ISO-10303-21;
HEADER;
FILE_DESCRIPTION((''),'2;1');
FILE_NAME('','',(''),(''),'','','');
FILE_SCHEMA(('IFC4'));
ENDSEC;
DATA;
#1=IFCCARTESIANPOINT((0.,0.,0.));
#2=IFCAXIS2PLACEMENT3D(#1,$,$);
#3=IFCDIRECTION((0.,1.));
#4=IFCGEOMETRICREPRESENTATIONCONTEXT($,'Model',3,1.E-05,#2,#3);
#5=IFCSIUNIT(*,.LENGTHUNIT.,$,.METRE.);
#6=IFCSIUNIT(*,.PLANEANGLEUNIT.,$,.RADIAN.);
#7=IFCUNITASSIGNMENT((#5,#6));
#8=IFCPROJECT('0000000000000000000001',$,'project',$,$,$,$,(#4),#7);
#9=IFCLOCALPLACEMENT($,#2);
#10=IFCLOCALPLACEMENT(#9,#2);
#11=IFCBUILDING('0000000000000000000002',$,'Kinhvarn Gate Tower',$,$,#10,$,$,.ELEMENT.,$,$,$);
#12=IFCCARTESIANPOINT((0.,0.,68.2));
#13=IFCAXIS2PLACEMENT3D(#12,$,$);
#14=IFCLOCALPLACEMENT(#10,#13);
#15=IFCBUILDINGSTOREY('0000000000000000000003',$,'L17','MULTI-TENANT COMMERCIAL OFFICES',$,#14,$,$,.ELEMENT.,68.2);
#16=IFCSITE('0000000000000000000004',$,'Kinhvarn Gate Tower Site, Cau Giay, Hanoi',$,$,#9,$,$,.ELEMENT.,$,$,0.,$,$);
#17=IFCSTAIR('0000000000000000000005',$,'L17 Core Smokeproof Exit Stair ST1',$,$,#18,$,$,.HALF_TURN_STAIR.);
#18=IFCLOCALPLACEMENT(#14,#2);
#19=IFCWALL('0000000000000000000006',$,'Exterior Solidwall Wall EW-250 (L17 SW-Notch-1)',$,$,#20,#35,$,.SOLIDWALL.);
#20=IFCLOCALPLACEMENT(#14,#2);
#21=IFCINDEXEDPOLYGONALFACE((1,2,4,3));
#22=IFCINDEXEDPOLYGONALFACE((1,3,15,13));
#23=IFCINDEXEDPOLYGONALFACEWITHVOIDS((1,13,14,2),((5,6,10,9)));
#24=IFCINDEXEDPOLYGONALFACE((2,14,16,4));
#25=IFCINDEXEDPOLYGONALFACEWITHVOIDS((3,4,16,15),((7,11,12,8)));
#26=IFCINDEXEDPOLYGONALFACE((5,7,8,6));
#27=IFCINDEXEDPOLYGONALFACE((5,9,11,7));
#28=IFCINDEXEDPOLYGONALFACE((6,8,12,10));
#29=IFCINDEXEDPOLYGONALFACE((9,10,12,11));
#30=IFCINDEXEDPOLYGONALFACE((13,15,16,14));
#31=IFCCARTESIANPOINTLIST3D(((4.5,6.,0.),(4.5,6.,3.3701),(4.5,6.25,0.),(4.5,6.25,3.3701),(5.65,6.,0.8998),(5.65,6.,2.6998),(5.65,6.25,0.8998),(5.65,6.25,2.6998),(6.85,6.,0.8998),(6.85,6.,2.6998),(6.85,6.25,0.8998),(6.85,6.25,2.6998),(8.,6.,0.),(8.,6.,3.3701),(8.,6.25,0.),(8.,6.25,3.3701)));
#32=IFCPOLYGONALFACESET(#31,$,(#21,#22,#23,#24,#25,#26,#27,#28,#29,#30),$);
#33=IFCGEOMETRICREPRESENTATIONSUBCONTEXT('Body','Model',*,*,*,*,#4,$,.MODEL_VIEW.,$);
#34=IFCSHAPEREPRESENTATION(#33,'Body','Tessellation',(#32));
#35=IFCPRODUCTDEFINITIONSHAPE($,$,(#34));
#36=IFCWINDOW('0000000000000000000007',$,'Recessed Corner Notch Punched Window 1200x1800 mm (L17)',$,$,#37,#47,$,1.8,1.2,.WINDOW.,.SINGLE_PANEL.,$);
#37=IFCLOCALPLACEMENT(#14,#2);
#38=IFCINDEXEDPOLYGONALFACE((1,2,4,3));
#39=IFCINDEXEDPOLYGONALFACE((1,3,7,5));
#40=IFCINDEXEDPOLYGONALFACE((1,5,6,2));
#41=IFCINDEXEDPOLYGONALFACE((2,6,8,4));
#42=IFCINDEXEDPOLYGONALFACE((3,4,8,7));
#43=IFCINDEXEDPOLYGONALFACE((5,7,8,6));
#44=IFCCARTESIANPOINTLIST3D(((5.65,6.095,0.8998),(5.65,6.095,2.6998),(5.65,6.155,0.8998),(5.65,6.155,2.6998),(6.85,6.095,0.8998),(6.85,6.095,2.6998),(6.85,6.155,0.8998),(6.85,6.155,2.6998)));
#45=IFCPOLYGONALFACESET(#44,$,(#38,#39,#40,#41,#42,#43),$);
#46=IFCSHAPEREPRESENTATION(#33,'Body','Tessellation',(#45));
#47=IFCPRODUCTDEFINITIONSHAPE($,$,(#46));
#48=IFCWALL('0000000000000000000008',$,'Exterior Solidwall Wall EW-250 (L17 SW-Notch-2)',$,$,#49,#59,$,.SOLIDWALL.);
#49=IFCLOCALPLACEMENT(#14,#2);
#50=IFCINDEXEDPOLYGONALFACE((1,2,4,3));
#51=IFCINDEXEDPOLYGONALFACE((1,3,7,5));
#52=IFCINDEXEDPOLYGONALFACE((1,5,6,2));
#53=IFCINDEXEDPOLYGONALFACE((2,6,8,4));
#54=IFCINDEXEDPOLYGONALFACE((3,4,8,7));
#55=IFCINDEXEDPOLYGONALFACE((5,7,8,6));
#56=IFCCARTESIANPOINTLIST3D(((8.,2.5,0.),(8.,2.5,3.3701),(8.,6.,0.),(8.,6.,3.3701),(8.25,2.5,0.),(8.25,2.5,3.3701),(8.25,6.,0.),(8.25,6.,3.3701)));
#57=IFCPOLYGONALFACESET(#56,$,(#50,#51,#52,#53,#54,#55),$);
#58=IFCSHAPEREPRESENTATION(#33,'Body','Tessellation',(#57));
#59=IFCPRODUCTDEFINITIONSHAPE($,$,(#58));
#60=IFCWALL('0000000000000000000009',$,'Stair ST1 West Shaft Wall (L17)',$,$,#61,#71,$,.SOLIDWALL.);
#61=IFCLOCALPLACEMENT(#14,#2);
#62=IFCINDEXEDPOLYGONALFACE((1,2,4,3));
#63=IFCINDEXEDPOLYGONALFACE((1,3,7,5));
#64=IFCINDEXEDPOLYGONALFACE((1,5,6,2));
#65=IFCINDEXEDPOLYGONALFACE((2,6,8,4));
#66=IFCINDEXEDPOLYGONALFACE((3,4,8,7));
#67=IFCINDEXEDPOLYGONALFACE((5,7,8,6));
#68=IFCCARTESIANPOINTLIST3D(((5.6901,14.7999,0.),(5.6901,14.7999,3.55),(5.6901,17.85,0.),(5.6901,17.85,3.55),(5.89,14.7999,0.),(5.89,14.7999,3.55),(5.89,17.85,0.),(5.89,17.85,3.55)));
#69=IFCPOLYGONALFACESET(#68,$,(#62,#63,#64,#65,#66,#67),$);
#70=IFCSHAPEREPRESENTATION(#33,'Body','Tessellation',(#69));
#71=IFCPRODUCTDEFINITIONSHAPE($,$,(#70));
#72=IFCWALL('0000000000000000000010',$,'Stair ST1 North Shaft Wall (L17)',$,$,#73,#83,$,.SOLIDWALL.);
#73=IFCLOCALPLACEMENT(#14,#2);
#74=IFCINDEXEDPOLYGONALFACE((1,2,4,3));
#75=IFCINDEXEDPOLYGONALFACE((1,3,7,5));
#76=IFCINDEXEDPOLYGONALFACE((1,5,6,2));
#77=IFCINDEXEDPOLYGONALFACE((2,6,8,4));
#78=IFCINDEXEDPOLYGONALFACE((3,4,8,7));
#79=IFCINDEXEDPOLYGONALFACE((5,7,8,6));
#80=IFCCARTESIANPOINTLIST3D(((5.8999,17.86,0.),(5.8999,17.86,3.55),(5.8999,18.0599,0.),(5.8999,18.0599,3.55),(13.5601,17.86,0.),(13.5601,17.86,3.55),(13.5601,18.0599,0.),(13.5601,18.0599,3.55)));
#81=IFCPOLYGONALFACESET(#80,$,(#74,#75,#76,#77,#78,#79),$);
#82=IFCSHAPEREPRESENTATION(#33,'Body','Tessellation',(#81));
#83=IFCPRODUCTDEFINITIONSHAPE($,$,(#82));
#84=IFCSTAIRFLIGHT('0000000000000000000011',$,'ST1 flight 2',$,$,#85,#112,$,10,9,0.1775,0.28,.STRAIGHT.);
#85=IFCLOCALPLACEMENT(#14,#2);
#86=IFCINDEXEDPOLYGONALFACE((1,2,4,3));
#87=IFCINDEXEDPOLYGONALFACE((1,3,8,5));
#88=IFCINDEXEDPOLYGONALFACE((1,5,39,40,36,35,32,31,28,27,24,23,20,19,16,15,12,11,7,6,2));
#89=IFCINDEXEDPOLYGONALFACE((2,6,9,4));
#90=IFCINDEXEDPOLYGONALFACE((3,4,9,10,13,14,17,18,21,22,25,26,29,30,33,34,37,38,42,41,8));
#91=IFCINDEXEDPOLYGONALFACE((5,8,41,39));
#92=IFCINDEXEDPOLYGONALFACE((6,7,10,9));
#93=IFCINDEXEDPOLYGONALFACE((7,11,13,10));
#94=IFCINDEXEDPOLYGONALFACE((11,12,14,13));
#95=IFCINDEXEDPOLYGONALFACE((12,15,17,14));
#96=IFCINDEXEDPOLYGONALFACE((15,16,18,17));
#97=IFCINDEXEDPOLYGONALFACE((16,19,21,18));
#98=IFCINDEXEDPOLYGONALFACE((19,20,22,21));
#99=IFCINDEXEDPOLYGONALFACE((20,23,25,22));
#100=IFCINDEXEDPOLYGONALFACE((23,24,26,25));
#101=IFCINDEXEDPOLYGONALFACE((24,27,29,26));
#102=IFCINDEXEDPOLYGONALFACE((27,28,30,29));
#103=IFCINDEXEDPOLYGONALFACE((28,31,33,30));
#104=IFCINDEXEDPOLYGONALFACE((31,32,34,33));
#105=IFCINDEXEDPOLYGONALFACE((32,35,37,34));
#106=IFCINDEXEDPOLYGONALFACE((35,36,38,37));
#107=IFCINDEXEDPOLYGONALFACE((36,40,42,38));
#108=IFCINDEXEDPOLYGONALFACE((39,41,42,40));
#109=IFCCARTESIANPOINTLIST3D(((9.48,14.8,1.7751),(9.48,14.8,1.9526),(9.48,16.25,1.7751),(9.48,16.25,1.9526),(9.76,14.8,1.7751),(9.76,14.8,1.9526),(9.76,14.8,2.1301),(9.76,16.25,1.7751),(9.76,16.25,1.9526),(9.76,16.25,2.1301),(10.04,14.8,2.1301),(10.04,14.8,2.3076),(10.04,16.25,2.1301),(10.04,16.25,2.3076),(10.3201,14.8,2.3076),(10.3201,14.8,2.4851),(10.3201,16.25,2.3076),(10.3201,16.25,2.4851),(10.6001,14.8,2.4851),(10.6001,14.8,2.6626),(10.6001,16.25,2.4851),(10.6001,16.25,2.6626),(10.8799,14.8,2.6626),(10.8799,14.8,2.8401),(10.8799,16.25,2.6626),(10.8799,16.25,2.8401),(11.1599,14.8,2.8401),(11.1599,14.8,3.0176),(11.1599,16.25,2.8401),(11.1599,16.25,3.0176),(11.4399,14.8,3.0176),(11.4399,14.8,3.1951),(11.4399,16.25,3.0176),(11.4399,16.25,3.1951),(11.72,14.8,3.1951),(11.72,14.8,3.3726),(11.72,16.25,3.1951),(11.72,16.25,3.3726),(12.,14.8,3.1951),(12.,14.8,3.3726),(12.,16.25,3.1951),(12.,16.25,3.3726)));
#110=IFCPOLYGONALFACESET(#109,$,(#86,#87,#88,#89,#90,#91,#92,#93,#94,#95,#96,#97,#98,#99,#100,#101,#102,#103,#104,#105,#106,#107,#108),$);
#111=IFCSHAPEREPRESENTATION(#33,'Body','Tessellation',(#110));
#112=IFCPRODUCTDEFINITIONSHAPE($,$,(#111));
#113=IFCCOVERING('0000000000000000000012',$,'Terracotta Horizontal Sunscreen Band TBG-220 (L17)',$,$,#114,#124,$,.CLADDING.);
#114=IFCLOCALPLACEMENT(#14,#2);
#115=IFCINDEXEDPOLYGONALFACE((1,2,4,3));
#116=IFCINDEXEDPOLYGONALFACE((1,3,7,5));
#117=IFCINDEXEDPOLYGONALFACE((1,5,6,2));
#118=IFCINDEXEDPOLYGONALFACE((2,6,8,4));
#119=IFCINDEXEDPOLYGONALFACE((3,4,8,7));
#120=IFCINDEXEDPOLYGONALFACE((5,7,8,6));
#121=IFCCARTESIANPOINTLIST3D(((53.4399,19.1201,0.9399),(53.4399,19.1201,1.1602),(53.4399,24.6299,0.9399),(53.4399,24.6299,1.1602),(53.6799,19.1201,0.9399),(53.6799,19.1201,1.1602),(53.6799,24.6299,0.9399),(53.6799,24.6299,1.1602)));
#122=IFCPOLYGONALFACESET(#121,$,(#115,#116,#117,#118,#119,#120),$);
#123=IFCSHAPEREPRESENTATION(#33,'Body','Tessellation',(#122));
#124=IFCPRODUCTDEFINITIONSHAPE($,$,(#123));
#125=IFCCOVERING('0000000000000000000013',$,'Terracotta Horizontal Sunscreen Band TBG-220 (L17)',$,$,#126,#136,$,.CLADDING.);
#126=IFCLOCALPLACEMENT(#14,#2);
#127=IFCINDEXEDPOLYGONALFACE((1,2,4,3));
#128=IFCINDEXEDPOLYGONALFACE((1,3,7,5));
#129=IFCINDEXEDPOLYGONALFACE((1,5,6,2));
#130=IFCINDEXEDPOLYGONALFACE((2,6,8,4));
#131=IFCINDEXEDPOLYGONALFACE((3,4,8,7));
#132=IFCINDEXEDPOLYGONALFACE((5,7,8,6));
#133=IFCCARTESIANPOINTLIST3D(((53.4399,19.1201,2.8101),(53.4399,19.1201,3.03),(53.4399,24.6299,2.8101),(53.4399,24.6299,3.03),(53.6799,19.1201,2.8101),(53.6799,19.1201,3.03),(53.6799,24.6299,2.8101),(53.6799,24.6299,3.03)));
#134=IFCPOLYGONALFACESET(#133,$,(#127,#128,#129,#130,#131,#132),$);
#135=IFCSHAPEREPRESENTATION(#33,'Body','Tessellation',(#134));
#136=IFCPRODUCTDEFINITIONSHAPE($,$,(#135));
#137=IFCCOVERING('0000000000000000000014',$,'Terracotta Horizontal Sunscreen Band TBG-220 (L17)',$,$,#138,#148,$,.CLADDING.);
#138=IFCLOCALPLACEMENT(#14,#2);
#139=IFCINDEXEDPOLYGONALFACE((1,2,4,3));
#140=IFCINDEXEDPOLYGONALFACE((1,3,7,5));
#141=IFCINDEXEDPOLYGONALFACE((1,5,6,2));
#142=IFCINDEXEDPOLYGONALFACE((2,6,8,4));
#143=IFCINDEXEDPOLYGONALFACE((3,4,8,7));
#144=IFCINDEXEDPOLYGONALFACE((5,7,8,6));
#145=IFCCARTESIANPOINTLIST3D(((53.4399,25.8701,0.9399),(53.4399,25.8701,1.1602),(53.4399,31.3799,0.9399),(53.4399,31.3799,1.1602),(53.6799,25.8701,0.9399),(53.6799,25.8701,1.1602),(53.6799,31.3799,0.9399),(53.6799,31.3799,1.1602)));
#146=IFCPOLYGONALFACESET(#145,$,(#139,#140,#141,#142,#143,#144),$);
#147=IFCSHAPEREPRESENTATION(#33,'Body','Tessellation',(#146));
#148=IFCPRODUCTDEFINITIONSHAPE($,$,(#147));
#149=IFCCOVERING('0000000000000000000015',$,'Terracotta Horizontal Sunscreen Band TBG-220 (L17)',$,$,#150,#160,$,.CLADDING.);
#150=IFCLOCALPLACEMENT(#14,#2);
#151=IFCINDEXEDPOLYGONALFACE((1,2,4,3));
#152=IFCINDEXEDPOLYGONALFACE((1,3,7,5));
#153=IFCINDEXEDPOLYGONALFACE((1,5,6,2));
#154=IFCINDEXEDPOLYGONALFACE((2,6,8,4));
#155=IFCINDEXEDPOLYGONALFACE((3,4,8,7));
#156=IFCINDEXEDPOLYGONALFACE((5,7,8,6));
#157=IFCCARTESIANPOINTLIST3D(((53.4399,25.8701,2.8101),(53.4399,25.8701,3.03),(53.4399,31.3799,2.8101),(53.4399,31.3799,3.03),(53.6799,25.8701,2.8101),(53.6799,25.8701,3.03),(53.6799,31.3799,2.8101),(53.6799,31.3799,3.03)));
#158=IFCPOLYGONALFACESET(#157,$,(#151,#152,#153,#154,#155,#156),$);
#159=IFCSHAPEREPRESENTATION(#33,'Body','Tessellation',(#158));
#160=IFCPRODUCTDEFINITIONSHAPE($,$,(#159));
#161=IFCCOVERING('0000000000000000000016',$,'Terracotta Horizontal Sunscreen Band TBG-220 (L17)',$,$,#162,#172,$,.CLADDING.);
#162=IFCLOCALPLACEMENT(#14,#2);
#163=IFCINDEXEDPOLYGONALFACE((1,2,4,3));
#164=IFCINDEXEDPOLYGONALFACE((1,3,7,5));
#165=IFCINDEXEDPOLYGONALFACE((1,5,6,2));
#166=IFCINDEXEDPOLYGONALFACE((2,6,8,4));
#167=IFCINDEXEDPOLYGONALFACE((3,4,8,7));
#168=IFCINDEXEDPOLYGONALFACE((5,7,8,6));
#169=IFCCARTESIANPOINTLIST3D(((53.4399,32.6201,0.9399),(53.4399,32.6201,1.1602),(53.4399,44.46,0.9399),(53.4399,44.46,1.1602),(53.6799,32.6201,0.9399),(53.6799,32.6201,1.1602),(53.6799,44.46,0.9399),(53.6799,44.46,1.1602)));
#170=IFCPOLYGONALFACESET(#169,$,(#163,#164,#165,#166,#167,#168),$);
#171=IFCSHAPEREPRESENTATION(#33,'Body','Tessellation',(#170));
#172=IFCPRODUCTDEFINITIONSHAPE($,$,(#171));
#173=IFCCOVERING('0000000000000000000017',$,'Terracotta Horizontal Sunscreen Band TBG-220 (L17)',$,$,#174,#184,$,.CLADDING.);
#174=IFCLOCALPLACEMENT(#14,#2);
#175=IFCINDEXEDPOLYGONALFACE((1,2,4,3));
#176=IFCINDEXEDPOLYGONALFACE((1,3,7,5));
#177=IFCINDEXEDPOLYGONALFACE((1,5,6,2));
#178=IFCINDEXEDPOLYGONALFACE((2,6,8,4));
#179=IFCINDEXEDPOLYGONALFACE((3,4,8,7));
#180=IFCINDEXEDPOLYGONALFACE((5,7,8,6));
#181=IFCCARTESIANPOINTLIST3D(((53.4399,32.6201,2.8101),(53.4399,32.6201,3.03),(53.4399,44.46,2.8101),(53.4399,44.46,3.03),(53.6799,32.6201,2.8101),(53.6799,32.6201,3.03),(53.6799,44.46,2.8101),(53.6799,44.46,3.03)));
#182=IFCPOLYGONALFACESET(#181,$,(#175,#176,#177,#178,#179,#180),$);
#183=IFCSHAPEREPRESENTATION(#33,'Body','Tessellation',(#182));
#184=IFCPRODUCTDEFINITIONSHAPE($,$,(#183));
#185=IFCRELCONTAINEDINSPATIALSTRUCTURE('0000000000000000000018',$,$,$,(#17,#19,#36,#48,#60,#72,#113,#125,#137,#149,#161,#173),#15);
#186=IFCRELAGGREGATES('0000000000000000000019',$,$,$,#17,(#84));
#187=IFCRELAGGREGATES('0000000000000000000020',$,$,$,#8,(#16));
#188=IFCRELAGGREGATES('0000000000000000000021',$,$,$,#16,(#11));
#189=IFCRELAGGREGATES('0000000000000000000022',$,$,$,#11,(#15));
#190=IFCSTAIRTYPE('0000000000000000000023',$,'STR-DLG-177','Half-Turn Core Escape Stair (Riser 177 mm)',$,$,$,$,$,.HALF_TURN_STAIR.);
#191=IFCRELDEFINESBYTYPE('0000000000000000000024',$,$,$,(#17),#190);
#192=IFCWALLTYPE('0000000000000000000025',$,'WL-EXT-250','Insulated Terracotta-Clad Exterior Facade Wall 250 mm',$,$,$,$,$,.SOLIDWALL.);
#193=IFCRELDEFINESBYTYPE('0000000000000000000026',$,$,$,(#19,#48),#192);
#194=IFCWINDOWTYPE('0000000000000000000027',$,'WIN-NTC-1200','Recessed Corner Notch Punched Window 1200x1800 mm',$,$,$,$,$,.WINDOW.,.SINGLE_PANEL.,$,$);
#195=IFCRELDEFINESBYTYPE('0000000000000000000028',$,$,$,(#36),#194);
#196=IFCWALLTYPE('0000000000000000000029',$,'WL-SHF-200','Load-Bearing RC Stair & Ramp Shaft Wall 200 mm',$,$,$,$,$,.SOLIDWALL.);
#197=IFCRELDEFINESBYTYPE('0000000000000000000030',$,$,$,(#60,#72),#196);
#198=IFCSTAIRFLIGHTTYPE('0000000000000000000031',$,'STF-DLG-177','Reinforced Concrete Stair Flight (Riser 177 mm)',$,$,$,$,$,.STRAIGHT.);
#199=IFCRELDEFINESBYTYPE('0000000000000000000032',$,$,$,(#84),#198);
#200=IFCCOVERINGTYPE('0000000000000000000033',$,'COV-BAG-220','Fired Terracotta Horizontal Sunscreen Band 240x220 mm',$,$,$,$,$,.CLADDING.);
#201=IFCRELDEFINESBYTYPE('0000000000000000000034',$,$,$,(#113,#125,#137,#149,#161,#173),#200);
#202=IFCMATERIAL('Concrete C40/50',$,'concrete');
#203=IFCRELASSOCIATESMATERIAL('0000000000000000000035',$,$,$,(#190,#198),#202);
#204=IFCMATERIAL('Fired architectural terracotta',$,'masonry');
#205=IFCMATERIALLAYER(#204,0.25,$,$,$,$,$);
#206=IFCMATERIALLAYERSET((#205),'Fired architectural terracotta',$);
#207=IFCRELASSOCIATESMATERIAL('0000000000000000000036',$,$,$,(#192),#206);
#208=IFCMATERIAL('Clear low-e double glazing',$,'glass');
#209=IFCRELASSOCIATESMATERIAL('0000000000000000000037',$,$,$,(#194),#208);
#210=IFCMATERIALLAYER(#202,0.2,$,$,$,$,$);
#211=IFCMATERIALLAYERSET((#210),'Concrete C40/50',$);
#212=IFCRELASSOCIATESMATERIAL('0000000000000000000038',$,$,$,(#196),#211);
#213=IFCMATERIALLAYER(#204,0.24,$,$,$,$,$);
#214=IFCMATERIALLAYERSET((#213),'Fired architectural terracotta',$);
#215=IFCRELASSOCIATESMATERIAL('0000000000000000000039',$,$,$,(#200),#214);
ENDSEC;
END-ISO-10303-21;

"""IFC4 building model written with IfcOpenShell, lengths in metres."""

from ifc_helpers import new_model, si_unit, direction, frame, frame_2d, origin, place, context, subcontext, project, spatial, polyline, rectangle, outline, extrude, material, layer, layer_set, type_object, element, fill, aggregate, save


model = new_model("IFC4")

# Units and contexts
model_context = context("Model", 3, precision=1e-05, world=origin(), true_north=direction((0.0, 1.0)))
body_context = subcontext(model_context, "Body", "Model", "MODEL_VIEW")
ifc_project = project(units=[si_unit("LENGTHUNIT", "METRE"), si_unit("PLANEANGLEUNIT", "RADIAN")], contexts=[model_context])

# Site, building, storey
site_placement = place(None, origin())
site = spatial("IfcSite", under=ifc_project, at=site_placement, Name="Kinhvarn Gate Tower Site, Cau Giay, Hanoi", CompositionType="ELEMENT", RefElevation=0.0)
building_placement = place(site_placement, origin())
building = spatial("IfcBuilding", under=site, at=building_placement, Name="Kinhvarn Gate Tower", CompositionType="ELEMENT")
storey_placement = place(building_placement, frame((0.0, 0.0, 68.2)))
storey = spatial("IfcBuildingStorey", under=building, at=storey_placement, Name="L17", Description="MULTI-TENANT COMMERCIAL OFFICES", CompositionType="ELEMENT", Elevation=68.2)

# Shared definitions
ifc_material_1 = material(Name="Clear low-e double glazing", Category="glass")

# Stair
ifc_material_2 = material(Name="Concrete C40/50", Category="concrete")
stair_type = type_object("IfcStairType", Name="STR-DLG-177", Description="Half-Turn Core Escape Stair (Riser 177 mm)", PredefinedType="HALF_TURN_STAIR", material=ifc_material_2)
stair_1_placement = place(storey_placement, origin())
stair_1 = element("IfcStair", 1, at=stair_1_placement, inside=storey, type_object=stair_type, Name="L17 Core Smokeproof Exit Stair ST1", PredefinedType="HALF_TURN_STAIR")

# Wall, opening, window
ifc_material_3 = material(Name="Fired architectural terracotta", Category="masonry")
ifc_layer_1 = layer(ifc_material_3, 0.25)
ifc_layer_set_1 = layer_set([ifc_layer_1], Name="Fired architectural terracotta")
wall_type_1 = type_object("IfcWallType", Name="WL-EXT-250", Description="Insulated Terracotta-Clad Exterior Facade Wall 250 mm", PredefinedType="SOLIDWALL", material=ifc_layer_set_1)
wall_1_placement = place(storey_placement, frame((4.5, 6.125, 0.0), z_axis=(0.0, 0.0, 1.0), x_axis=(1.0, 0.0, 0.0)))
wall_1 = element("IfcWall", 2, at=wall_1_placement, inside=storey, type_object=wall_type_1, Name="Exterior Solidwall Wall EW-250 (L17 SW-Notch-1)", PredefinedType="SOLIDWALL", context=body_context, shape_type="SweptSolid", body=[
    extrude(rectangle(XDim=3.5, YDim=0.25, at=frame_2d((1.75, 0.0))), origin(), (0.0, 0.0, 1.0), 3.3701),
])
opening_1_placement = place(wall_1_placement, frame((1.1499, 0.0, 0.8999)))
opening_1 = element("IfcOpeningElement", 3, at=opening_1_placement, cuts=wall_1, PredefinedType="OPENING", context=body_context, shape_type="SweptSolid", body=[
    extrude(rectangle(XDim=1.2, YDim=1.8, at=frame_2d((0.6001, 0.8999))), frame((0.0, 0.135, 0.0), z_axis=(0.0, -1.0, 0.0), x_axis=(1.0, 0.0, 0.0)), (0.0, 0.0, 1.0), 0.27),
])
window_type_1 = type_object("IfcWindowType", Name="WIN-NTC-1200", Description="Recessed Corner Notch Punched Window 1200x1800 mm", PartitioningType="SINGLE_PANEL", PredefinedType="WINDOW", material=ifc_material_1)
window_1_placement = place(opening_1_placement, origin())
window_1 = element("IfcWindow", 4, at=window_1_placement, inside=storey, type_object=window_type_1, Name="Recessed Corner Notch Punched Window 1200x1800 mm (L17)", OverallHeight=1.8, OverallWidth=1.2, PartitioningType="SINGLE_PANEL", PredefinedType="WINDOW", context=body_context, shape_type="SweptSolid", body=[
    extrude(rectangle(XDim=1.2, YDim=1.8, at=frame_2d((0.6001, 0.8999))), frame((0.0, 0.03, 0.0), z_axis=(0.0, -1.0, 0.0), x_axis=(1.0, 0.0, 0.0)), (0.0, 0.0, 1.0), 0.0601),
])
fill(opening_1, window_1)

# Walls
wall_2_placement = place(storey_placement, frame((8.125, 6.0, 0.0), z_axis=(0.0, 0.0, 1.0), x_axis=(0.0, -1.0, 0.0)))
element("IfcWall", 5, at=wall_2_placement, inside=storey, type_object=wall_type_1, Name="Exterior Solidwall Wall EW-250 (L17 SW-Notch-2)", PredefinedType="SOLIDWALL", context=body_context, shape_type="SweptSolid", body=[
    extrude(rectangle(XDim=3.5, YDim=0.25, at=frame_2d((1.75, 0.0))), origin(), (0.0, 0.0, 1.0), 3.3701),
])
ifc_layer_2 = layer(ifc_material_2, 0.2)
ifc_layer_set_2 = layer_set([ifc_layer_2], Name="Concrete C40/50")
wall_type_2 = type_object("IfcWallType", Name="WL-SHF-200", Description="Load-Bearing RC Stair & Ramp Shaft Wall 200 mm", PredefinedType="SOLIDWALL", material=ifc_layer_set_2)
wall_3_placement = place(storey_placement, frame((5.79, 14.8, 0.0), z_axis=(0.0, 0.0, 1.0), x_axis=(0.0, 1.0, 0.0)))
element("IfcWall", 6, at=wall_3_placement, inside=storey, type_object=wall_type_2, Name="Stair ST1 West Shaft Wall (L17)", PredefinedType="SOLIDWALL", context=body_context, shape_type="SweptSolid", body=[
    extrude(rectangle(XDim=3.05, YDim=0.2, at=frame_2d((1.5249, 0.0))), origin(), (0.0, 0.0, 1.0), 3.55),
])
wall_4_placement = place(storey_placement, frame((5.8999, 17.96, 0.0), z_axis=(0.0, 0.0, 1.0), x_axis=(1.0, 0.0, 0.0)))
element("IfcWall", 7, at=wall_4_placement, inside=storey, type_object=wall_type_2, Name="Stair ST1 North Shaft Wall (L17)", PredefinedType="SOLIDWALL", context=body_context, shape_type="SweptSolid", body=[
    extrude(rectangle(XDim=7.6602, YDim=0.2, at=frame_2d((3.8301, 0.0))), origin(), (0.0, 0.0, 1.0), 3.55),
])

# Stair flight
stair_flight_type = type_object("IfcStairFlightType", Name="STF-DLG-177", Description="Reinforced Concrete Stair Flight (Riser 177 mm)", PredefinedType="STRAIGHT", material=ifc_material_2)
stair_flight_placement = place(storey_placement, frame((9.48, 15.5249, 1.7751), z_axis=(0.0, 0.0, 1.0), x_axis=(1.0, 0.0, 0.0)))
stair_flight = element("IfcStairFlight", 8, at=stair_flight_placement, type_object=stair_flight_type, Name="ST1 flight 2", NumberOfRisers=10, NumberOfTreads=9, PredefinedType="STRAIGHT", RiserHeight=0.1775, TreadLength=0.28, context=body_context, shape_type="SweptSolid", body=[
    extrude(outline(polyline([(0.0, 0.0), (0.0, 0.1775), (0.28, 0.1775), (0.28, 0.355), (0.5601, 0.355), (0.5601, 0.5325), (0.8401, 0.5325), (0.8401, 0.71), (1.1201, 0.71), (1.1201, 0.8875), (1.3999, 0.8875), (1.3999, 1.0649), (1.6799, 1.0649), (1.6799, 1.2424), (1.96, 1.2424), (1.96, 1.4199), (2.24, 1.4199), (2.24, 1.5974), (2.52, 1.5974), (2.52, 1.7749), (2.52, 1.4199), (0.28, 0.0), (0.0, 0.0)])), frame((0.0, 0.7251, 0.0), z_axis=(0.0, -1.0, 0.0), x_axis=(1.0, 0.0, 0.0)), (0.0, 0.0, 1.0), 1.45),
])
aggregate(stair_1, [stair_flight])

# Coverings
ifc_layer_3 = layer(ifc_material_3, 0.24)
ifc_layer_set_3 = layer_set([ifc_layer_3], Name="Fired architectural terracotta")
covering_type_1 = type_object("IfcCoveringType", Name="COV-BAG-220", Description="Fired Terracotta Horizontal Sunscreen Band 240x220 mm", PredefinedType="CLADDING", material=ifc_layer_set_3)
covering_1_placement = place(storey_placement, frame((0.0, 0.0, 0.9399)))
element("IfcCovering", 9, at=covering_1_placement, inside=storey, type_object=covering_type_1, Name="Terracotta Horizontal Sunscreen Band TBG-220 (L17)", PredefinedType="CLADDING", context=body_context, shape_type="SweptSolid", body=[
    extrude(outline(polyline([(53.4399, 19.1201), (53.4399, 24.6299), (53.6799, 24.6299), (53.6799, 19.1201), (53.4399, 19.1201)])), origin(), (0.0, 0.0, 1.0), 0.2202),
])
covering_2_placement = place(storey_placement, frame((0.0, 0.0, 2.8101)))
element("IfcCovering", 10, at=covering_2_placement, inside=storey, type_object=covering_type_1, Name="Terracotta Horizontal Sunscreen Band TBG-220 (L17)", PredefinedType="CLADDING", context=body_context, shape_type="SweptSolid", body=[
    extrude(outline(polyline([(53.4399, 19.1201), (53.4399, 24.6299), (53.6799, 24.6299), (53.6799, 19.1201), (53.4399, 19.1201)])), origin(), (0.0, 0.0, 1.0), 0.22),
])
covering_3_placement = place(storey_placement, frame((0.0, 0.0, 0.9399)))
element("IfcCovering", 11, at=covering_3_placement, inside=storey, type_object=covering_type_1, Name="Terracotta Horizontal Sunscreen Band TBG-220 (L17)", PredefinedType="CLADDING", context=body_context, shape_type="SweptSolid", body=[
    extrude(outline(polyline([(53.4399, 25.8701), (53.4399, 31.3799), (53.6799, 31.3799), (53.6799, 25.8701), (53.4399, 25.8701)])), origin(), (0.0, 0.0, 1.0), 0.2202),
])
covering_4_placement = place(storey_placement, frame((0.0, 0.0, 2.8101)))
element("IfcCovering", 12, at=covering_4_placement, inside=storey, type_object=covering_type_1, Name="Terracotta Horizontal Sunscreen Band TBG-220 (L17)", PredefinedType="CLADDING", context=body_context, shape_type="SweptSolid", body=[
    extrude(outline(polyline([(53.4399, 25.8701), (53.4399, 31.3799), (53.6799, 31.3799), (53.6799, 25.8701), (53.4399, 25.8701)])), origin(), (0.0, 0.0, 1.0), 0.22),
])
covering_5_placement = place(storey_placement, frame((0.0, 0.0, 0.9399)))
element("IfcCovering", 13, at=covering_5_placement, inside=storey, type_object=covering_type_1, Name="Terracotta Horizontal Sunscreen Band TBG-220 (L17)", PredefinedType="CLADDING", context=body_context, shape_type="SweptSolid", body=[
    extrude(outline(polyline([(53.4399, 32.6201), (53.4399, 44.46), (53.6799, 44.46), (53.6799, 32.6201), (53.4399, 32.6201)])), origin(), (0.0, 0.0, 1.0), 0.2202),
])
covering_6_placement = place(storey_placement, frame((0.0, 0.0, 2.8101)))
element("IfcCovering", 14, at=covering_6_placement, inside=storey, type_object=covering_type_1, Name="Terracotta Horizontal Sunscreen Band TBG-220 (L17)", PredefinedType="CLADDING", context=body_context, shape_type="SweptSolid", body=[
    extrude(outline(polyline([(53.4399, 32.6201), (53.4399, 44.46), (53.6799, 44.46), (53.6799, 32.6201), (53.4399, 32.6201)])), origin(), (0.0, 0.0, 1.0), 0.22),
])

save(model, "model.ifc")
